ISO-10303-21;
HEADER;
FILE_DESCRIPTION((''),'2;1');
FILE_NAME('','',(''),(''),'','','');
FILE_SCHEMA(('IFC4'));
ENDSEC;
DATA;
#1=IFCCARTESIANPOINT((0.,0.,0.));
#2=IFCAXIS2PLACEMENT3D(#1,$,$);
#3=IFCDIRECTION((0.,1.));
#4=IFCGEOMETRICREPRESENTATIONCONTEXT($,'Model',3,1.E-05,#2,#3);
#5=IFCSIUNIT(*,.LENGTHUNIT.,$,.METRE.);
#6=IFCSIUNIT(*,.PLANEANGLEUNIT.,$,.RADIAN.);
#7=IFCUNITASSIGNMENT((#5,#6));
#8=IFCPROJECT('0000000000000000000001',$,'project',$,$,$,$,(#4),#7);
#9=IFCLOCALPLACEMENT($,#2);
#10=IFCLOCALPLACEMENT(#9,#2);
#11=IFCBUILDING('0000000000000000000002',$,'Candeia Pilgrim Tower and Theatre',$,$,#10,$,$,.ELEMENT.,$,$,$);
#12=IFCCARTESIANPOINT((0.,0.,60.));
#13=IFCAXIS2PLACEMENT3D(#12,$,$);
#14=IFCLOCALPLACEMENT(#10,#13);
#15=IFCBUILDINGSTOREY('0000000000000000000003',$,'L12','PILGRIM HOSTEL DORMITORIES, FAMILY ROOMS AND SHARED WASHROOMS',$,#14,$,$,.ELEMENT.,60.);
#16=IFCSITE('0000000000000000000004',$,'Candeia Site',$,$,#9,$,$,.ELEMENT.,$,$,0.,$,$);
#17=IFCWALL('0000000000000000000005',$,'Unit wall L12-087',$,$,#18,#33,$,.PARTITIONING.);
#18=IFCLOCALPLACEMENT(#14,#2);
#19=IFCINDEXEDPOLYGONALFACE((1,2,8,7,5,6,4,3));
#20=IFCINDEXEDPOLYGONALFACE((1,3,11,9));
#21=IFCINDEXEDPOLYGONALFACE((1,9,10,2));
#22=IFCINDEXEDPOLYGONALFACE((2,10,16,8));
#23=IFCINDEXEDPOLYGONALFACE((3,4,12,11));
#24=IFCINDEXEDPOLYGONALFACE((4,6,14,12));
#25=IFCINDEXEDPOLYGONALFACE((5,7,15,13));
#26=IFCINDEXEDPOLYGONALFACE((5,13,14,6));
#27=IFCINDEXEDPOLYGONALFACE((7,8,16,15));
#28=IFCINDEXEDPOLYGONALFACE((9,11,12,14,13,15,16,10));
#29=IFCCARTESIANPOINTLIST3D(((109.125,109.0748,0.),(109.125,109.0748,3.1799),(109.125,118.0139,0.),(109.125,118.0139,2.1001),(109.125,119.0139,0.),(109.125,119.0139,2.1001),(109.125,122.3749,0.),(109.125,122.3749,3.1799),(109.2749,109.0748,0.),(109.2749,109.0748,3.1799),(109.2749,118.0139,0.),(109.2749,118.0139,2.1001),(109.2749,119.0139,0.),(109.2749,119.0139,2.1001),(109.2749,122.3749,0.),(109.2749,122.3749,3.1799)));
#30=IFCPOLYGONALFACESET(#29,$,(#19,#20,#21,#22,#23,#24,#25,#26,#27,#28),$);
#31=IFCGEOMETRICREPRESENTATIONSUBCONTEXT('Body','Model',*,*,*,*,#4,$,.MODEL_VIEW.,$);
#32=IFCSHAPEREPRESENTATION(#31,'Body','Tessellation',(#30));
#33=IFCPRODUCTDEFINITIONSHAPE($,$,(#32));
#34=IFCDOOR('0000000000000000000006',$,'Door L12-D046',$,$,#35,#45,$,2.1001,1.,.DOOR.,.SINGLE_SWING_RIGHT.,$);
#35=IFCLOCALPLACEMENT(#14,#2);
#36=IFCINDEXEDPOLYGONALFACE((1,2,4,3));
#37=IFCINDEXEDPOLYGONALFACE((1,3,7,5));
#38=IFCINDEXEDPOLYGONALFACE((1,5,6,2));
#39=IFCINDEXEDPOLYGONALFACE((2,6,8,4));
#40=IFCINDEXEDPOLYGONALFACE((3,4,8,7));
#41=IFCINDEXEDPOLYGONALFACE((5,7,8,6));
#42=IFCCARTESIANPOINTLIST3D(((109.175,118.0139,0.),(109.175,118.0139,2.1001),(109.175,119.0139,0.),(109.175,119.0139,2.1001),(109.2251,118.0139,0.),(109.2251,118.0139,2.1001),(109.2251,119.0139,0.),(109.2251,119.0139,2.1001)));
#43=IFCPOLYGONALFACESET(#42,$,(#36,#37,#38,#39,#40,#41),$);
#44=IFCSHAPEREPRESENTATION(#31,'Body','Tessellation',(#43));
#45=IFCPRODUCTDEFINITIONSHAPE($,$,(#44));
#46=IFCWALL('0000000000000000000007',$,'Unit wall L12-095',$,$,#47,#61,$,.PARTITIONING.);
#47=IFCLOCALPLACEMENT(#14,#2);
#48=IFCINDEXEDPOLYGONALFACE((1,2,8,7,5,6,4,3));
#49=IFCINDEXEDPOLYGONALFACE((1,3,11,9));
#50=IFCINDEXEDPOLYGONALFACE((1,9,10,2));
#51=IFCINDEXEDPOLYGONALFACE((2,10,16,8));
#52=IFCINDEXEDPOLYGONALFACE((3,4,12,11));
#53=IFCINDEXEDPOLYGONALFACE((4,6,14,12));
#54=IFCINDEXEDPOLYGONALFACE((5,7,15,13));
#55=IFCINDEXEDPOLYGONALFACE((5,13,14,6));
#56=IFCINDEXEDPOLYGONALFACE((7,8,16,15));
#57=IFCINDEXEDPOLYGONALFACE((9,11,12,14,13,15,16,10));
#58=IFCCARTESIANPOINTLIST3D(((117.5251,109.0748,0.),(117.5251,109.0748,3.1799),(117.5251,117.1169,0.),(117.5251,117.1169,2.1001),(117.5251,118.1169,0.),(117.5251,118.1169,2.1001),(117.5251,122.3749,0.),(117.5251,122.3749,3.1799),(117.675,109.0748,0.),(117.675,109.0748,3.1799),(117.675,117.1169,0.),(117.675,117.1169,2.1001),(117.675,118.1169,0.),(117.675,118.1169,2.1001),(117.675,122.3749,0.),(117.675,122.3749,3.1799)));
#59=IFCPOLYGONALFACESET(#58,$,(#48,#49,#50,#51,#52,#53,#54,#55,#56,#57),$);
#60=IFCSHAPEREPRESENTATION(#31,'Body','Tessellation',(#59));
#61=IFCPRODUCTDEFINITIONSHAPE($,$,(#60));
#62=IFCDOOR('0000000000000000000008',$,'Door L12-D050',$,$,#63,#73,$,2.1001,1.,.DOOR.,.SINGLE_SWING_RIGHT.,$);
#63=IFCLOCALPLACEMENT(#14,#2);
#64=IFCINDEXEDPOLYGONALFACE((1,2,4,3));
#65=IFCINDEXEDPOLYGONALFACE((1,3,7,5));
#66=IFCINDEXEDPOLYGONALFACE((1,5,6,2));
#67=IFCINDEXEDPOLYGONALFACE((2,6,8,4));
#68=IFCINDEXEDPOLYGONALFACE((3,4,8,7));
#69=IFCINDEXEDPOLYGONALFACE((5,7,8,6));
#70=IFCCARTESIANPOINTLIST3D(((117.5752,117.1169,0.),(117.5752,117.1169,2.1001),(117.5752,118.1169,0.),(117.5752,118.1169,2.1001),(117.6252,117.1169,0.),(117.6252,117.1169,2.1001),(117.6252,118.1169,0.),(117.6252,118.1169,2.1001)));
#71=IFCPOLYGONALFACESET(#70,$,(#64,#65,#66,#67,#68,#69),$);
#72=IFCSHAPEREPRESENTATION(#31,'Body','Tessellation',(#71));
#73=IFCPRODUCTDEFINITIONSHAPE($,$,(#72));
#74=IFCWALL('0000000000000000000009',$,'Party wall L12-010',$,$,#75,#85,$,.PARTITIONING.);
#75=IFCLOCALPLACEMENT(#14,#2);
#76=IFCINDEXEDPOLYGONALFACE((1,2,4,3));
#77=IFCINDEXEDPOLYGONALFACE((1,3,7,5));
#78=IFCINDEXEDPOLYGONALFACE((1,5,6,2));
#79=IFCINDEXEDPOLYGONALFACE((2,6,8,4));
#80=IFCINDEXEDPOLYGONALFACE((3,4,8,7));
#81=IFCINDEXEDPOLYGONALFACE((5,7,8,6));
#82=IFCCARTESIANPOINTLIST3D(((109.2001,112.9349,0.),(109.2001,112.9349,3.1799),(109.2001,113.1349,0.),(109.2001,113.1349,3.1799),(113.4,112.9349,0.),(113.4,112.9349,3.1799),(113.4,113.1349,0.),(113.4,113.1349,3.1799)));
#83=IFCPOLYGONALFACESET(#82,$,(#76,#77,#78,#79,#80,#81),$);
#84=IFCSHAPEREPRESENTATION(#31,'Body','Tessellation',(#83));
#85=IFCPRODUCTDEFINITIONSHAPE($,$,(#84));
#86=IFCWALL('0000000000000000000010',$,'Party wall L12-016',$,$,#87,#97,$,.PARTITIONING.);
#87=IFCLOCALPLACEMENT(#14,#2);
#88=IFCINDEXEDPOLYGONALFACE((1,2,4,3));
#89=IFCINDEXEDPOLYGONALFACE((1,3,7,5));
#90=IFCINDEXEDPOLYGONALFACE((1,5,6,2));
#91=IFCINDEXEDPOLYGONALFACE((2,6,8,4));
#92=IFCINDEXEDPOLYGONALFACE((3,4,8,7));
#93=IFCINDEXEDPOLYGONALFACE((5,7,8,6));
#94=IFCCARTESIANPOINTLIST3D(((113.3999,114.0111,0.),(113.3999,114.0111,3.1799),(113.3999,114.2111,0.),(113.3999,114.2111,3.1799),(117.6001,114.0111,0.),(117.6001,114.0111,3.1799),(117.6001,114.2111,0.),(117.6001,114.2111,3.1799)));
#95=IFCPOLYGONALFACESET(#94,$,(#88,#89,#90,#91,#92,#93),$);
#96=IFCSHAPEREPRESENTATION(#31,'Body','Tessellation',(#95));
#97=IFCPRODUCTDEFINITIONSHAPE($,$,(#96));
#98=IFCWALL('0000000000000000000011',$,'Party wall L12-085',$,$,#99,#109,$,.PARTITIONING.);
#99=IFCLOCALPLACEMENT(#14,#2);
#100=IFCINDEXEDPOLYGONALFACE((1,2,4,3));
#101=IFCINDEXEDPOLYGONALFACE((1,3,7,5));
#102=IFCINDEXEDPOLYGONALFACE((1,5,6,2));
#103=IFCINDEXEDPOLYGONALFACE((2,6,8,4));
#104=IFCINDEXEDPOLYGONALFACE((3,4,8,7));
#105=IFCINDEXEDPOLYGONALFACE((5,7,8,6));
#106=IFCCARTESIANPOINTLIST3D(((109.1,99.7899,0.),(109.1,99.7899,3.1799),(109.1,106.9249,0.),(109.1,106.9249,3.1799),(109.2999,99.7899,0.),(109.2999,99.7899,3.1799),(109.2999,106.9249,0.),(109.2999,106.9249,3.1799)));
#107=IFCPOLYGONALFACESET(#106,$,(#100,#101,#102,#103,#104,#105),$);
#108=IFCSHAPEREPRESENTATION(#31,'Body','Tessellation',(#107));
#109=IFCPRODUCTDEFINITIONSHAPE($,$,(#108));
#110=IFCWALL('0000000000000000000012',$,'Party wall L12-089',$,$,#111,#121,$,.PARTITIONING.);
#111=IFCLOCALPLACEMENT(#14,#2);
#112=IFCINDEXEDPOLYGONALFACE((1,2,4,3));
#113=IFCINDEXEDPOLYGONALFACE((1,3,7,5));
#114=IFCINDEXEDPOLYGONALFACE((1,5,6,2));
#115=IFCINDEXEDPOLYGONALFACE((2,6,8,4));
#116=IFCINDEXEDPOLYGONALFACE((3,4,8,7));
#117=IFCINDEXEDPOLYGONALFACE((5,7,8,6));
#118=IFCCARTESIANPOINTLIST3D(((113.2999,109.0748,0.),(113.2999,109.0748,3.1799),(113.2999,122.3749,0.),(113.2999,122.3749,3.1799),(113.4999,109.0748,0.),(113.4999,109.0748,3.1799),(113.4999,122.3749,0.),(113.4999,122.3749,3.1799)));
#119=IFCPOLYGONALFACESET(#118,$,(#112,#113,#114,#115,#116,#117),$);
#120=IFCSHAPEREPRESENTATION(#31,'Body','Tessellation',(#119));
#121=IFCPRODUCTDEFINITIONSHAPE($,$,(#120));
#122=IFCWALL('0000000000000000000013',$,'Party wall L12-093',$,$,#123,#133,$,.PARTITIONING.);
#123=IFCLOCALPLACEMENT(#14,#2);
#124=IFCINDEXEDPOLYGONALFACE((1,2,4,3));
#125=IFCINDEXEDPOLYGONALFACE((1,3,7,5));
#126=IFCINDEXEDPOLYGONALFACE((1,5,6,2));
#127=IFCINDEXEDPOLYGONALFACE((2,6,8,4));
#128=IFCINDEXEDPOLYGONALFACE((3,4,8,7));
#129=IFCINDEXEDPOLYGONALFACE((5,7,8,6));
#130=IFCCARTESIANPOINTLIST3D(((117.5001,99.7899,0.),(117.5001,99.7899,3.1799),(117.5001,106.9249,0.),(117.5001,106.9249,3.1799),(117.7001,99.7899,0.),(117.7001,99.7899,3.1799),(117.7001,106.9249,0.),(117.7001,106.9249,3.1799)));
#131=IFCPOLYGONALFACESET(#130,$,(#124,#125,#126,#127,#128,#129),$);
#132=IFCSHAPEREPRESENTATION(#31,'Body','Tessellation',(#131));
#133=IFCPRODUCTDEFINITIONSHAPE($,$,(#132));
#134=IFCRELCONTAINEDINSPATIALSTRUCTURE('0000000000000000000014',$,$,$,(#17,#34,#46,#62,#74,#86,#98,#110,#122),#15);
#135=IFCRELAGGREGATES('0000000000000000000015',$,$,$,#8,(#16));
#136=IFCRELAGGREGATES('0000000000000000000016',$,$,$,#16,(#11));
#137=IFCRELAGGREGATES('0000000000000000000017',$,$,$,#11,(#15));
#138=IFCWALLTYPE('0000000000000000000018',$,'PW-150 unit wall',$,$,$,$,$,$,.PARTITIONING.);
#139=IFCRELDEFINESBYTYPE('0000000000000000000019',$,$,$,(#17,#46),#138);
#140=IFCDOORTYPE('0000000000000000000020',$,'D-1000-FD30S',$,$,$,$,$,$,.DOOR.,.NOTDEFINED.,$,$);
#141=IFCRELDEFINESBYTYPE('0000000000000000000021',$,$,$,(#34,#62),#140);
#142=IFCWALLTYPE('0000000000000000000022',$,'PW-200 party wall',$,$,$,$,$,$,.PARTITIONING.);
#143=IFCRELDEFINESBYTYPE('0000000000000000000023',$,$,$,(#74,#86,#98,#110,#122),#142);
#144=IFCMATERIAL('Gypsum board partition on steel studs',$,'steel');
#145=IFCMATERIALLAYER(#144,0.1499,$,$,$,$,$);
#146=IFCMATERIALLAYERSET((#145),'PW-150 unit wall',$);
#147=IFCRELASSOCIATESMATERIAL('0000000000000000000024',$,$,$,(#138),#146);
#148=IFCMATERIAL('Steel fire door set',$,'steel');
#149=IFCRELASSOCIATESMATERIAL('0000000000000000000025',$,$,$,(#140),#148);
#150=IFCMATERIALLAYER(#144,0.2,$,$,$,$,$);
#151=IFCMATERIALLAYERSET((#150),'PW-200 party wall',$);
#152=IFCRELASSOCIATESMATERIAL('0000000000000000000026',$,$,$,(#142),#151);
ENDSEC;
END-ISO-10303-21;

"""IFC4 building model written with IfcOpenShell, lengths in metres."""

from ifc_helpers import new_model, si_unit, direction, frame, frame_2d, origin, place, context, subcontext, project, spatial, rectangle, extrude, material, layer, layer_set, type_object, element, fill, save


model = new_model("IFC4")

# Units and contexts
model_context = context("Model", 3, precision=1e-05, world=origin(), true_north=direction((0.0, 1.0)))
body_context = subcontext(model_context, "Body", "Model", "MODEL_VIEW")
ifc_project = project(units=[si_unit("LENGTHUNIT", "METRE"), si_unit("PLANEANGLEUNIT", "RADIAN")], contexts=[model_context])

# Site, building, storey
site_placement = place(None, origin())
site = spatial("IfcSite", under=ifc_project, at=site_placement, Name="Candeia Site", CompositionType="ELEMENT", RefElevation=0.0)
building_placement = place(site_placement, origin())
building = spatial("IfcBuilding", under=site, at=building_placement, Name="Candeia Pilgrim Tower and Theatre", CompositionType="ELEMENT")
storey_placement = place(building_placement, frame((0.0, 0.0, 60.0)))
storey = spatial("IfcBuildingStorey", under=building, at=storey_placement, Name="L12", Description="PILGRIM HOSTEL DORMITORIES, FAMILY ROOMS AND SHARED WASHROOMS", CompositionType="ELEMENT", Elevation=60.0)

# Shared definitions
ifc_material_1 = material(Name="Gypsum board partition on steel studs", Category="steel")

# Walls, openings, doors
ifc_layer_1 = layer(ifc_material_1, 0.1499)
ifc_layer_set_1 = layer_set([ifc_layer_1], Name="PW-150 unit wall")
wall_type_1 = type_object("IfcWallType", Name="PW-150 unit wall", PredefinedType="PARTITIONING", material=ifc_layer_set_1)
wall_1_placement = place(storey_placement, frame((109.2, 109.075, 0.0), z_axis=(0.0, 0.0, 1.0), x_axis=(0.0, 1.0, 0.0)))
wall_1 = element("IfcWall", 1, at=wall_1_placement, inside=storey, type_object=wall_type_1, Name="Unit wall L12-087", PredefinedType="PARTITIONING", context=body_context, shape_type="SweptSolid", body=[
    extrude(rectangle(XDim=13.3, YDim=0.1499, at=frame_2d((6.6499, 0.0))), origin(), (0.0, 0.0, 1.0), 3.1799),
])
opening_1_placement = place(wall_1_placement, frame((8.939, 0.0, 0.0)))
opening_1 = element("IfcOpeningElement", 2, at=opening_1_placement, cuts=wall_1, PredefinedType="OPENING", context=body_context, shape_type="SweptSolid", body=[
    extrude(rectangle(XDim=1.0, YDim=2.1001, at=frame_2d((0.5, 1.05))), frame((0.0, 0.085, 0.0), z_axis=(0.0, -1.0, 0.0), x_axis=(1.0, 0.0, 0.0)), (0.0, 0.0, 1.0), 0.1699),
])
ifc_material_2 = material(Name="Steel fire door set", Category="steel")
door_type_1 = type_object("IfcDoorType", Name="D-1000-FD30S", OperationType="NOTDEFINED", PredefinedType="DOOR", material=ifc_material_2)
door_1_placement = place(opening_1_placement, origin())
door_1 = element("IfcDoor", 3, at=door_1_placement, inside=storey, type_object=door_type_1, Name="Door L12-D046", OperationType="SINGLE_SWING_RIGHT", OverallHeight=2.1001, OverallWidth=1.0, PredefinedType="DOOR", context=body_context, shape_type="SweptSolid", body=[
    extrude(rectangle(XDim=1.0, YDim=2.1001, at=frame_2d((0.5, 1.05))), frame((0.0, 0.0249, 0.0), z_axis=(0.0, -1.0, 0.0), x_axis=(1.0, 0.0, 0.0)), (0.0, 0.0, 1.0), 0.05),
])
fill(opening_1, door_1)
wall_2_placement = place(storey_placement, frame((117.6001, 109.075, 0.0), z_axis=(0.0, 0.0, 1.0), x_axis=(0.0, 1.0, 0.0)))
wall_2 = element("IfcWall", 4, at=wall_2_placement, inside=storey, type_object=wall_type_1, Name="Unit wall L12-095", PredefinedType="PARTITIONING", context=body_context, shape_type="SweptSolid", body=[
    extrude(rectangle(XDim=13.3, YDim=0.1499, at=frame_2d((6.6499, 0.0))), origin(), (0.0, 0.0, 1.0), 3.1799),
])
opening_2_placement = place(wall_2_placement, frame((8.042, 0.0, 0.0)))
opening_2 = element("IfcOpeningElement", 5, at=opening_2_placement, cuts=wall_2, PredefinedType="OPENING", context=body_context, shape_type="SweptSolid", body=[
    extrude(rectangle(XDim=1.0, YDim=2.1001, at=frame_2d((0.5, 1.05))), frame((0.0, 0.085, 0.0), z_axis=(0.0, -1.0, 0.0), x_axis=(1.0, 0.0, 0.0)), (0.0, 0.0, 1.0), 0.1699),
])
door_2_placement = place(opening_2_placement, origin())
door_2 = element("IfcDoor", 6, at=door_2_placement, inside=storey, type_object=door_type_1, Name="Door L12-D050", OperationType="SINGLE_SWING_RIGHT", OverallHeight=2.1001, OverallWidth=1.0, PredefinedType="DOOR", context=body_context, shape_type="SweptSolid", body=[
    extrude(rectangle(XDim=1.0, YDim=2.1001, at=frame_2d((0.5, 1.05))), frame((0.0, 0.0249, 0.0), z_axis=(0.0, -1.0, 0.0), x_axis=(1.0, 0.0, 0.0)), (0.0, 0.0, 1.0), 0.05),
])
fill(opening_2, door_2)

# Walls
ifc_layer_2 = layer(ifc_material_1, 0.2)
ifc_layer_set_2 = layer_set([ifc_layer_2], Name="PW-200 party wall")
wall_type_2 = type_object("IfcWallType", Name="PW-200 party wall", PredefinedType="PARTITIONING", material=ifc_layer_set_2)
wall_3_placement = place(storey_placement, frame((109.2, 113.0349, 0.0), z_axis=(0.0, 0.0, 1.0), x_axis=(1.0, 0.0, 0.0)))
element("IfcWall", 7, at=wall_3_placement, inside=storey, type_object=wall_type_2, Name="Party wall L12-010", PredefinedType="PARTITIONING", context=body_context, shape_type="SweptSolid", body=[
    extrude(rectangle(XDim=4.2, YDim=0.2, at=frame_2d((2.1001, 0.0))), origin(), (0.0, 0.0, 1.0), 3.1799),
])
wall_4_placement = place(storey_placement, frame((113.3999, 114.1111, 0.0), z_axis=(0.0, 0.0, 1.0), x_axis=(1.0, 0.0, 0.0)))
element("IfcWall", 8, at=wall_4_placement, inside=storey, type_object=wall_type_2, Name="Party wall L12-016", PredefinedType="PARTITIONING", context=body_context, shape_type="SweptSolid", body=[
    extrude(rectangle(XDim=4.2002, YDim=0.2, at=frame_2d((2.1001, 0.0))), origin(), (0.0, 0.0, 1.0), 3.1799),
])
wall_5_placement = place(storey_placement, frame((109.2, 99.79, 0.0), z_axis=(0.0, 0.0, 1.0), x_axis=(0.0, 1.0, 0.0)))
element("IfcWall", 9, at=wall_5_placement, inside=storey, type_object=wall_type_2, Name="Party wall L12-085", PredefinedType="PARTITIONING", context=body_context, shape_type="SweptSolid", body=[
    extrude(rectangle(XDim=7.135, YDim=0.2, at=frame_2d((3.5674, 0.0))), origin(), (0.0, 0.0, 1.0), 3.1799),
])
wall_6_placement = place(storey_placement, frame((113.3999, 109.075, 0.0), z_axis=(0.0, 0.0, 1.0), x_axis=(0.0, 1.0, 0.0)))
element("IfcWall", 10, at=wall_6_placement, inside=storey, type_object=wall_type_2, Name="Party wall L12-089", PredefinedType="PARTITIONING", context=body_context, shape_type="SweptSolid", body=[
    extrude(rectangle(XDim=13.3, YDim=0.2, at=frame_2d((6.6499, 0.0))), origin(), (0.0, 0.0, 1.0), 3.1799),
])
wall_7_placement = place(storey_placement, frame((117.6001, 99.79, 0.0), z_axis=(0.0, 0.0, 1.0), x_axis=(0.0, 1.0, 0.0)))
element("IfcWall", 11, at=wall_7_placement, inside=storey, type_object=wall_type_2, Name="Party wall L12-093", PredefinedType="PARTITIONING", context=body_context, shape_type="SweptSolid", body=[
    extrude(rectangle(XDim=7.135, YDim=0.2, at=frame_2d((3.5674, 0.0))), origin(), (0.0, 0.0, 1.0), 3.1799),
])

save(model, "model.ifc")
